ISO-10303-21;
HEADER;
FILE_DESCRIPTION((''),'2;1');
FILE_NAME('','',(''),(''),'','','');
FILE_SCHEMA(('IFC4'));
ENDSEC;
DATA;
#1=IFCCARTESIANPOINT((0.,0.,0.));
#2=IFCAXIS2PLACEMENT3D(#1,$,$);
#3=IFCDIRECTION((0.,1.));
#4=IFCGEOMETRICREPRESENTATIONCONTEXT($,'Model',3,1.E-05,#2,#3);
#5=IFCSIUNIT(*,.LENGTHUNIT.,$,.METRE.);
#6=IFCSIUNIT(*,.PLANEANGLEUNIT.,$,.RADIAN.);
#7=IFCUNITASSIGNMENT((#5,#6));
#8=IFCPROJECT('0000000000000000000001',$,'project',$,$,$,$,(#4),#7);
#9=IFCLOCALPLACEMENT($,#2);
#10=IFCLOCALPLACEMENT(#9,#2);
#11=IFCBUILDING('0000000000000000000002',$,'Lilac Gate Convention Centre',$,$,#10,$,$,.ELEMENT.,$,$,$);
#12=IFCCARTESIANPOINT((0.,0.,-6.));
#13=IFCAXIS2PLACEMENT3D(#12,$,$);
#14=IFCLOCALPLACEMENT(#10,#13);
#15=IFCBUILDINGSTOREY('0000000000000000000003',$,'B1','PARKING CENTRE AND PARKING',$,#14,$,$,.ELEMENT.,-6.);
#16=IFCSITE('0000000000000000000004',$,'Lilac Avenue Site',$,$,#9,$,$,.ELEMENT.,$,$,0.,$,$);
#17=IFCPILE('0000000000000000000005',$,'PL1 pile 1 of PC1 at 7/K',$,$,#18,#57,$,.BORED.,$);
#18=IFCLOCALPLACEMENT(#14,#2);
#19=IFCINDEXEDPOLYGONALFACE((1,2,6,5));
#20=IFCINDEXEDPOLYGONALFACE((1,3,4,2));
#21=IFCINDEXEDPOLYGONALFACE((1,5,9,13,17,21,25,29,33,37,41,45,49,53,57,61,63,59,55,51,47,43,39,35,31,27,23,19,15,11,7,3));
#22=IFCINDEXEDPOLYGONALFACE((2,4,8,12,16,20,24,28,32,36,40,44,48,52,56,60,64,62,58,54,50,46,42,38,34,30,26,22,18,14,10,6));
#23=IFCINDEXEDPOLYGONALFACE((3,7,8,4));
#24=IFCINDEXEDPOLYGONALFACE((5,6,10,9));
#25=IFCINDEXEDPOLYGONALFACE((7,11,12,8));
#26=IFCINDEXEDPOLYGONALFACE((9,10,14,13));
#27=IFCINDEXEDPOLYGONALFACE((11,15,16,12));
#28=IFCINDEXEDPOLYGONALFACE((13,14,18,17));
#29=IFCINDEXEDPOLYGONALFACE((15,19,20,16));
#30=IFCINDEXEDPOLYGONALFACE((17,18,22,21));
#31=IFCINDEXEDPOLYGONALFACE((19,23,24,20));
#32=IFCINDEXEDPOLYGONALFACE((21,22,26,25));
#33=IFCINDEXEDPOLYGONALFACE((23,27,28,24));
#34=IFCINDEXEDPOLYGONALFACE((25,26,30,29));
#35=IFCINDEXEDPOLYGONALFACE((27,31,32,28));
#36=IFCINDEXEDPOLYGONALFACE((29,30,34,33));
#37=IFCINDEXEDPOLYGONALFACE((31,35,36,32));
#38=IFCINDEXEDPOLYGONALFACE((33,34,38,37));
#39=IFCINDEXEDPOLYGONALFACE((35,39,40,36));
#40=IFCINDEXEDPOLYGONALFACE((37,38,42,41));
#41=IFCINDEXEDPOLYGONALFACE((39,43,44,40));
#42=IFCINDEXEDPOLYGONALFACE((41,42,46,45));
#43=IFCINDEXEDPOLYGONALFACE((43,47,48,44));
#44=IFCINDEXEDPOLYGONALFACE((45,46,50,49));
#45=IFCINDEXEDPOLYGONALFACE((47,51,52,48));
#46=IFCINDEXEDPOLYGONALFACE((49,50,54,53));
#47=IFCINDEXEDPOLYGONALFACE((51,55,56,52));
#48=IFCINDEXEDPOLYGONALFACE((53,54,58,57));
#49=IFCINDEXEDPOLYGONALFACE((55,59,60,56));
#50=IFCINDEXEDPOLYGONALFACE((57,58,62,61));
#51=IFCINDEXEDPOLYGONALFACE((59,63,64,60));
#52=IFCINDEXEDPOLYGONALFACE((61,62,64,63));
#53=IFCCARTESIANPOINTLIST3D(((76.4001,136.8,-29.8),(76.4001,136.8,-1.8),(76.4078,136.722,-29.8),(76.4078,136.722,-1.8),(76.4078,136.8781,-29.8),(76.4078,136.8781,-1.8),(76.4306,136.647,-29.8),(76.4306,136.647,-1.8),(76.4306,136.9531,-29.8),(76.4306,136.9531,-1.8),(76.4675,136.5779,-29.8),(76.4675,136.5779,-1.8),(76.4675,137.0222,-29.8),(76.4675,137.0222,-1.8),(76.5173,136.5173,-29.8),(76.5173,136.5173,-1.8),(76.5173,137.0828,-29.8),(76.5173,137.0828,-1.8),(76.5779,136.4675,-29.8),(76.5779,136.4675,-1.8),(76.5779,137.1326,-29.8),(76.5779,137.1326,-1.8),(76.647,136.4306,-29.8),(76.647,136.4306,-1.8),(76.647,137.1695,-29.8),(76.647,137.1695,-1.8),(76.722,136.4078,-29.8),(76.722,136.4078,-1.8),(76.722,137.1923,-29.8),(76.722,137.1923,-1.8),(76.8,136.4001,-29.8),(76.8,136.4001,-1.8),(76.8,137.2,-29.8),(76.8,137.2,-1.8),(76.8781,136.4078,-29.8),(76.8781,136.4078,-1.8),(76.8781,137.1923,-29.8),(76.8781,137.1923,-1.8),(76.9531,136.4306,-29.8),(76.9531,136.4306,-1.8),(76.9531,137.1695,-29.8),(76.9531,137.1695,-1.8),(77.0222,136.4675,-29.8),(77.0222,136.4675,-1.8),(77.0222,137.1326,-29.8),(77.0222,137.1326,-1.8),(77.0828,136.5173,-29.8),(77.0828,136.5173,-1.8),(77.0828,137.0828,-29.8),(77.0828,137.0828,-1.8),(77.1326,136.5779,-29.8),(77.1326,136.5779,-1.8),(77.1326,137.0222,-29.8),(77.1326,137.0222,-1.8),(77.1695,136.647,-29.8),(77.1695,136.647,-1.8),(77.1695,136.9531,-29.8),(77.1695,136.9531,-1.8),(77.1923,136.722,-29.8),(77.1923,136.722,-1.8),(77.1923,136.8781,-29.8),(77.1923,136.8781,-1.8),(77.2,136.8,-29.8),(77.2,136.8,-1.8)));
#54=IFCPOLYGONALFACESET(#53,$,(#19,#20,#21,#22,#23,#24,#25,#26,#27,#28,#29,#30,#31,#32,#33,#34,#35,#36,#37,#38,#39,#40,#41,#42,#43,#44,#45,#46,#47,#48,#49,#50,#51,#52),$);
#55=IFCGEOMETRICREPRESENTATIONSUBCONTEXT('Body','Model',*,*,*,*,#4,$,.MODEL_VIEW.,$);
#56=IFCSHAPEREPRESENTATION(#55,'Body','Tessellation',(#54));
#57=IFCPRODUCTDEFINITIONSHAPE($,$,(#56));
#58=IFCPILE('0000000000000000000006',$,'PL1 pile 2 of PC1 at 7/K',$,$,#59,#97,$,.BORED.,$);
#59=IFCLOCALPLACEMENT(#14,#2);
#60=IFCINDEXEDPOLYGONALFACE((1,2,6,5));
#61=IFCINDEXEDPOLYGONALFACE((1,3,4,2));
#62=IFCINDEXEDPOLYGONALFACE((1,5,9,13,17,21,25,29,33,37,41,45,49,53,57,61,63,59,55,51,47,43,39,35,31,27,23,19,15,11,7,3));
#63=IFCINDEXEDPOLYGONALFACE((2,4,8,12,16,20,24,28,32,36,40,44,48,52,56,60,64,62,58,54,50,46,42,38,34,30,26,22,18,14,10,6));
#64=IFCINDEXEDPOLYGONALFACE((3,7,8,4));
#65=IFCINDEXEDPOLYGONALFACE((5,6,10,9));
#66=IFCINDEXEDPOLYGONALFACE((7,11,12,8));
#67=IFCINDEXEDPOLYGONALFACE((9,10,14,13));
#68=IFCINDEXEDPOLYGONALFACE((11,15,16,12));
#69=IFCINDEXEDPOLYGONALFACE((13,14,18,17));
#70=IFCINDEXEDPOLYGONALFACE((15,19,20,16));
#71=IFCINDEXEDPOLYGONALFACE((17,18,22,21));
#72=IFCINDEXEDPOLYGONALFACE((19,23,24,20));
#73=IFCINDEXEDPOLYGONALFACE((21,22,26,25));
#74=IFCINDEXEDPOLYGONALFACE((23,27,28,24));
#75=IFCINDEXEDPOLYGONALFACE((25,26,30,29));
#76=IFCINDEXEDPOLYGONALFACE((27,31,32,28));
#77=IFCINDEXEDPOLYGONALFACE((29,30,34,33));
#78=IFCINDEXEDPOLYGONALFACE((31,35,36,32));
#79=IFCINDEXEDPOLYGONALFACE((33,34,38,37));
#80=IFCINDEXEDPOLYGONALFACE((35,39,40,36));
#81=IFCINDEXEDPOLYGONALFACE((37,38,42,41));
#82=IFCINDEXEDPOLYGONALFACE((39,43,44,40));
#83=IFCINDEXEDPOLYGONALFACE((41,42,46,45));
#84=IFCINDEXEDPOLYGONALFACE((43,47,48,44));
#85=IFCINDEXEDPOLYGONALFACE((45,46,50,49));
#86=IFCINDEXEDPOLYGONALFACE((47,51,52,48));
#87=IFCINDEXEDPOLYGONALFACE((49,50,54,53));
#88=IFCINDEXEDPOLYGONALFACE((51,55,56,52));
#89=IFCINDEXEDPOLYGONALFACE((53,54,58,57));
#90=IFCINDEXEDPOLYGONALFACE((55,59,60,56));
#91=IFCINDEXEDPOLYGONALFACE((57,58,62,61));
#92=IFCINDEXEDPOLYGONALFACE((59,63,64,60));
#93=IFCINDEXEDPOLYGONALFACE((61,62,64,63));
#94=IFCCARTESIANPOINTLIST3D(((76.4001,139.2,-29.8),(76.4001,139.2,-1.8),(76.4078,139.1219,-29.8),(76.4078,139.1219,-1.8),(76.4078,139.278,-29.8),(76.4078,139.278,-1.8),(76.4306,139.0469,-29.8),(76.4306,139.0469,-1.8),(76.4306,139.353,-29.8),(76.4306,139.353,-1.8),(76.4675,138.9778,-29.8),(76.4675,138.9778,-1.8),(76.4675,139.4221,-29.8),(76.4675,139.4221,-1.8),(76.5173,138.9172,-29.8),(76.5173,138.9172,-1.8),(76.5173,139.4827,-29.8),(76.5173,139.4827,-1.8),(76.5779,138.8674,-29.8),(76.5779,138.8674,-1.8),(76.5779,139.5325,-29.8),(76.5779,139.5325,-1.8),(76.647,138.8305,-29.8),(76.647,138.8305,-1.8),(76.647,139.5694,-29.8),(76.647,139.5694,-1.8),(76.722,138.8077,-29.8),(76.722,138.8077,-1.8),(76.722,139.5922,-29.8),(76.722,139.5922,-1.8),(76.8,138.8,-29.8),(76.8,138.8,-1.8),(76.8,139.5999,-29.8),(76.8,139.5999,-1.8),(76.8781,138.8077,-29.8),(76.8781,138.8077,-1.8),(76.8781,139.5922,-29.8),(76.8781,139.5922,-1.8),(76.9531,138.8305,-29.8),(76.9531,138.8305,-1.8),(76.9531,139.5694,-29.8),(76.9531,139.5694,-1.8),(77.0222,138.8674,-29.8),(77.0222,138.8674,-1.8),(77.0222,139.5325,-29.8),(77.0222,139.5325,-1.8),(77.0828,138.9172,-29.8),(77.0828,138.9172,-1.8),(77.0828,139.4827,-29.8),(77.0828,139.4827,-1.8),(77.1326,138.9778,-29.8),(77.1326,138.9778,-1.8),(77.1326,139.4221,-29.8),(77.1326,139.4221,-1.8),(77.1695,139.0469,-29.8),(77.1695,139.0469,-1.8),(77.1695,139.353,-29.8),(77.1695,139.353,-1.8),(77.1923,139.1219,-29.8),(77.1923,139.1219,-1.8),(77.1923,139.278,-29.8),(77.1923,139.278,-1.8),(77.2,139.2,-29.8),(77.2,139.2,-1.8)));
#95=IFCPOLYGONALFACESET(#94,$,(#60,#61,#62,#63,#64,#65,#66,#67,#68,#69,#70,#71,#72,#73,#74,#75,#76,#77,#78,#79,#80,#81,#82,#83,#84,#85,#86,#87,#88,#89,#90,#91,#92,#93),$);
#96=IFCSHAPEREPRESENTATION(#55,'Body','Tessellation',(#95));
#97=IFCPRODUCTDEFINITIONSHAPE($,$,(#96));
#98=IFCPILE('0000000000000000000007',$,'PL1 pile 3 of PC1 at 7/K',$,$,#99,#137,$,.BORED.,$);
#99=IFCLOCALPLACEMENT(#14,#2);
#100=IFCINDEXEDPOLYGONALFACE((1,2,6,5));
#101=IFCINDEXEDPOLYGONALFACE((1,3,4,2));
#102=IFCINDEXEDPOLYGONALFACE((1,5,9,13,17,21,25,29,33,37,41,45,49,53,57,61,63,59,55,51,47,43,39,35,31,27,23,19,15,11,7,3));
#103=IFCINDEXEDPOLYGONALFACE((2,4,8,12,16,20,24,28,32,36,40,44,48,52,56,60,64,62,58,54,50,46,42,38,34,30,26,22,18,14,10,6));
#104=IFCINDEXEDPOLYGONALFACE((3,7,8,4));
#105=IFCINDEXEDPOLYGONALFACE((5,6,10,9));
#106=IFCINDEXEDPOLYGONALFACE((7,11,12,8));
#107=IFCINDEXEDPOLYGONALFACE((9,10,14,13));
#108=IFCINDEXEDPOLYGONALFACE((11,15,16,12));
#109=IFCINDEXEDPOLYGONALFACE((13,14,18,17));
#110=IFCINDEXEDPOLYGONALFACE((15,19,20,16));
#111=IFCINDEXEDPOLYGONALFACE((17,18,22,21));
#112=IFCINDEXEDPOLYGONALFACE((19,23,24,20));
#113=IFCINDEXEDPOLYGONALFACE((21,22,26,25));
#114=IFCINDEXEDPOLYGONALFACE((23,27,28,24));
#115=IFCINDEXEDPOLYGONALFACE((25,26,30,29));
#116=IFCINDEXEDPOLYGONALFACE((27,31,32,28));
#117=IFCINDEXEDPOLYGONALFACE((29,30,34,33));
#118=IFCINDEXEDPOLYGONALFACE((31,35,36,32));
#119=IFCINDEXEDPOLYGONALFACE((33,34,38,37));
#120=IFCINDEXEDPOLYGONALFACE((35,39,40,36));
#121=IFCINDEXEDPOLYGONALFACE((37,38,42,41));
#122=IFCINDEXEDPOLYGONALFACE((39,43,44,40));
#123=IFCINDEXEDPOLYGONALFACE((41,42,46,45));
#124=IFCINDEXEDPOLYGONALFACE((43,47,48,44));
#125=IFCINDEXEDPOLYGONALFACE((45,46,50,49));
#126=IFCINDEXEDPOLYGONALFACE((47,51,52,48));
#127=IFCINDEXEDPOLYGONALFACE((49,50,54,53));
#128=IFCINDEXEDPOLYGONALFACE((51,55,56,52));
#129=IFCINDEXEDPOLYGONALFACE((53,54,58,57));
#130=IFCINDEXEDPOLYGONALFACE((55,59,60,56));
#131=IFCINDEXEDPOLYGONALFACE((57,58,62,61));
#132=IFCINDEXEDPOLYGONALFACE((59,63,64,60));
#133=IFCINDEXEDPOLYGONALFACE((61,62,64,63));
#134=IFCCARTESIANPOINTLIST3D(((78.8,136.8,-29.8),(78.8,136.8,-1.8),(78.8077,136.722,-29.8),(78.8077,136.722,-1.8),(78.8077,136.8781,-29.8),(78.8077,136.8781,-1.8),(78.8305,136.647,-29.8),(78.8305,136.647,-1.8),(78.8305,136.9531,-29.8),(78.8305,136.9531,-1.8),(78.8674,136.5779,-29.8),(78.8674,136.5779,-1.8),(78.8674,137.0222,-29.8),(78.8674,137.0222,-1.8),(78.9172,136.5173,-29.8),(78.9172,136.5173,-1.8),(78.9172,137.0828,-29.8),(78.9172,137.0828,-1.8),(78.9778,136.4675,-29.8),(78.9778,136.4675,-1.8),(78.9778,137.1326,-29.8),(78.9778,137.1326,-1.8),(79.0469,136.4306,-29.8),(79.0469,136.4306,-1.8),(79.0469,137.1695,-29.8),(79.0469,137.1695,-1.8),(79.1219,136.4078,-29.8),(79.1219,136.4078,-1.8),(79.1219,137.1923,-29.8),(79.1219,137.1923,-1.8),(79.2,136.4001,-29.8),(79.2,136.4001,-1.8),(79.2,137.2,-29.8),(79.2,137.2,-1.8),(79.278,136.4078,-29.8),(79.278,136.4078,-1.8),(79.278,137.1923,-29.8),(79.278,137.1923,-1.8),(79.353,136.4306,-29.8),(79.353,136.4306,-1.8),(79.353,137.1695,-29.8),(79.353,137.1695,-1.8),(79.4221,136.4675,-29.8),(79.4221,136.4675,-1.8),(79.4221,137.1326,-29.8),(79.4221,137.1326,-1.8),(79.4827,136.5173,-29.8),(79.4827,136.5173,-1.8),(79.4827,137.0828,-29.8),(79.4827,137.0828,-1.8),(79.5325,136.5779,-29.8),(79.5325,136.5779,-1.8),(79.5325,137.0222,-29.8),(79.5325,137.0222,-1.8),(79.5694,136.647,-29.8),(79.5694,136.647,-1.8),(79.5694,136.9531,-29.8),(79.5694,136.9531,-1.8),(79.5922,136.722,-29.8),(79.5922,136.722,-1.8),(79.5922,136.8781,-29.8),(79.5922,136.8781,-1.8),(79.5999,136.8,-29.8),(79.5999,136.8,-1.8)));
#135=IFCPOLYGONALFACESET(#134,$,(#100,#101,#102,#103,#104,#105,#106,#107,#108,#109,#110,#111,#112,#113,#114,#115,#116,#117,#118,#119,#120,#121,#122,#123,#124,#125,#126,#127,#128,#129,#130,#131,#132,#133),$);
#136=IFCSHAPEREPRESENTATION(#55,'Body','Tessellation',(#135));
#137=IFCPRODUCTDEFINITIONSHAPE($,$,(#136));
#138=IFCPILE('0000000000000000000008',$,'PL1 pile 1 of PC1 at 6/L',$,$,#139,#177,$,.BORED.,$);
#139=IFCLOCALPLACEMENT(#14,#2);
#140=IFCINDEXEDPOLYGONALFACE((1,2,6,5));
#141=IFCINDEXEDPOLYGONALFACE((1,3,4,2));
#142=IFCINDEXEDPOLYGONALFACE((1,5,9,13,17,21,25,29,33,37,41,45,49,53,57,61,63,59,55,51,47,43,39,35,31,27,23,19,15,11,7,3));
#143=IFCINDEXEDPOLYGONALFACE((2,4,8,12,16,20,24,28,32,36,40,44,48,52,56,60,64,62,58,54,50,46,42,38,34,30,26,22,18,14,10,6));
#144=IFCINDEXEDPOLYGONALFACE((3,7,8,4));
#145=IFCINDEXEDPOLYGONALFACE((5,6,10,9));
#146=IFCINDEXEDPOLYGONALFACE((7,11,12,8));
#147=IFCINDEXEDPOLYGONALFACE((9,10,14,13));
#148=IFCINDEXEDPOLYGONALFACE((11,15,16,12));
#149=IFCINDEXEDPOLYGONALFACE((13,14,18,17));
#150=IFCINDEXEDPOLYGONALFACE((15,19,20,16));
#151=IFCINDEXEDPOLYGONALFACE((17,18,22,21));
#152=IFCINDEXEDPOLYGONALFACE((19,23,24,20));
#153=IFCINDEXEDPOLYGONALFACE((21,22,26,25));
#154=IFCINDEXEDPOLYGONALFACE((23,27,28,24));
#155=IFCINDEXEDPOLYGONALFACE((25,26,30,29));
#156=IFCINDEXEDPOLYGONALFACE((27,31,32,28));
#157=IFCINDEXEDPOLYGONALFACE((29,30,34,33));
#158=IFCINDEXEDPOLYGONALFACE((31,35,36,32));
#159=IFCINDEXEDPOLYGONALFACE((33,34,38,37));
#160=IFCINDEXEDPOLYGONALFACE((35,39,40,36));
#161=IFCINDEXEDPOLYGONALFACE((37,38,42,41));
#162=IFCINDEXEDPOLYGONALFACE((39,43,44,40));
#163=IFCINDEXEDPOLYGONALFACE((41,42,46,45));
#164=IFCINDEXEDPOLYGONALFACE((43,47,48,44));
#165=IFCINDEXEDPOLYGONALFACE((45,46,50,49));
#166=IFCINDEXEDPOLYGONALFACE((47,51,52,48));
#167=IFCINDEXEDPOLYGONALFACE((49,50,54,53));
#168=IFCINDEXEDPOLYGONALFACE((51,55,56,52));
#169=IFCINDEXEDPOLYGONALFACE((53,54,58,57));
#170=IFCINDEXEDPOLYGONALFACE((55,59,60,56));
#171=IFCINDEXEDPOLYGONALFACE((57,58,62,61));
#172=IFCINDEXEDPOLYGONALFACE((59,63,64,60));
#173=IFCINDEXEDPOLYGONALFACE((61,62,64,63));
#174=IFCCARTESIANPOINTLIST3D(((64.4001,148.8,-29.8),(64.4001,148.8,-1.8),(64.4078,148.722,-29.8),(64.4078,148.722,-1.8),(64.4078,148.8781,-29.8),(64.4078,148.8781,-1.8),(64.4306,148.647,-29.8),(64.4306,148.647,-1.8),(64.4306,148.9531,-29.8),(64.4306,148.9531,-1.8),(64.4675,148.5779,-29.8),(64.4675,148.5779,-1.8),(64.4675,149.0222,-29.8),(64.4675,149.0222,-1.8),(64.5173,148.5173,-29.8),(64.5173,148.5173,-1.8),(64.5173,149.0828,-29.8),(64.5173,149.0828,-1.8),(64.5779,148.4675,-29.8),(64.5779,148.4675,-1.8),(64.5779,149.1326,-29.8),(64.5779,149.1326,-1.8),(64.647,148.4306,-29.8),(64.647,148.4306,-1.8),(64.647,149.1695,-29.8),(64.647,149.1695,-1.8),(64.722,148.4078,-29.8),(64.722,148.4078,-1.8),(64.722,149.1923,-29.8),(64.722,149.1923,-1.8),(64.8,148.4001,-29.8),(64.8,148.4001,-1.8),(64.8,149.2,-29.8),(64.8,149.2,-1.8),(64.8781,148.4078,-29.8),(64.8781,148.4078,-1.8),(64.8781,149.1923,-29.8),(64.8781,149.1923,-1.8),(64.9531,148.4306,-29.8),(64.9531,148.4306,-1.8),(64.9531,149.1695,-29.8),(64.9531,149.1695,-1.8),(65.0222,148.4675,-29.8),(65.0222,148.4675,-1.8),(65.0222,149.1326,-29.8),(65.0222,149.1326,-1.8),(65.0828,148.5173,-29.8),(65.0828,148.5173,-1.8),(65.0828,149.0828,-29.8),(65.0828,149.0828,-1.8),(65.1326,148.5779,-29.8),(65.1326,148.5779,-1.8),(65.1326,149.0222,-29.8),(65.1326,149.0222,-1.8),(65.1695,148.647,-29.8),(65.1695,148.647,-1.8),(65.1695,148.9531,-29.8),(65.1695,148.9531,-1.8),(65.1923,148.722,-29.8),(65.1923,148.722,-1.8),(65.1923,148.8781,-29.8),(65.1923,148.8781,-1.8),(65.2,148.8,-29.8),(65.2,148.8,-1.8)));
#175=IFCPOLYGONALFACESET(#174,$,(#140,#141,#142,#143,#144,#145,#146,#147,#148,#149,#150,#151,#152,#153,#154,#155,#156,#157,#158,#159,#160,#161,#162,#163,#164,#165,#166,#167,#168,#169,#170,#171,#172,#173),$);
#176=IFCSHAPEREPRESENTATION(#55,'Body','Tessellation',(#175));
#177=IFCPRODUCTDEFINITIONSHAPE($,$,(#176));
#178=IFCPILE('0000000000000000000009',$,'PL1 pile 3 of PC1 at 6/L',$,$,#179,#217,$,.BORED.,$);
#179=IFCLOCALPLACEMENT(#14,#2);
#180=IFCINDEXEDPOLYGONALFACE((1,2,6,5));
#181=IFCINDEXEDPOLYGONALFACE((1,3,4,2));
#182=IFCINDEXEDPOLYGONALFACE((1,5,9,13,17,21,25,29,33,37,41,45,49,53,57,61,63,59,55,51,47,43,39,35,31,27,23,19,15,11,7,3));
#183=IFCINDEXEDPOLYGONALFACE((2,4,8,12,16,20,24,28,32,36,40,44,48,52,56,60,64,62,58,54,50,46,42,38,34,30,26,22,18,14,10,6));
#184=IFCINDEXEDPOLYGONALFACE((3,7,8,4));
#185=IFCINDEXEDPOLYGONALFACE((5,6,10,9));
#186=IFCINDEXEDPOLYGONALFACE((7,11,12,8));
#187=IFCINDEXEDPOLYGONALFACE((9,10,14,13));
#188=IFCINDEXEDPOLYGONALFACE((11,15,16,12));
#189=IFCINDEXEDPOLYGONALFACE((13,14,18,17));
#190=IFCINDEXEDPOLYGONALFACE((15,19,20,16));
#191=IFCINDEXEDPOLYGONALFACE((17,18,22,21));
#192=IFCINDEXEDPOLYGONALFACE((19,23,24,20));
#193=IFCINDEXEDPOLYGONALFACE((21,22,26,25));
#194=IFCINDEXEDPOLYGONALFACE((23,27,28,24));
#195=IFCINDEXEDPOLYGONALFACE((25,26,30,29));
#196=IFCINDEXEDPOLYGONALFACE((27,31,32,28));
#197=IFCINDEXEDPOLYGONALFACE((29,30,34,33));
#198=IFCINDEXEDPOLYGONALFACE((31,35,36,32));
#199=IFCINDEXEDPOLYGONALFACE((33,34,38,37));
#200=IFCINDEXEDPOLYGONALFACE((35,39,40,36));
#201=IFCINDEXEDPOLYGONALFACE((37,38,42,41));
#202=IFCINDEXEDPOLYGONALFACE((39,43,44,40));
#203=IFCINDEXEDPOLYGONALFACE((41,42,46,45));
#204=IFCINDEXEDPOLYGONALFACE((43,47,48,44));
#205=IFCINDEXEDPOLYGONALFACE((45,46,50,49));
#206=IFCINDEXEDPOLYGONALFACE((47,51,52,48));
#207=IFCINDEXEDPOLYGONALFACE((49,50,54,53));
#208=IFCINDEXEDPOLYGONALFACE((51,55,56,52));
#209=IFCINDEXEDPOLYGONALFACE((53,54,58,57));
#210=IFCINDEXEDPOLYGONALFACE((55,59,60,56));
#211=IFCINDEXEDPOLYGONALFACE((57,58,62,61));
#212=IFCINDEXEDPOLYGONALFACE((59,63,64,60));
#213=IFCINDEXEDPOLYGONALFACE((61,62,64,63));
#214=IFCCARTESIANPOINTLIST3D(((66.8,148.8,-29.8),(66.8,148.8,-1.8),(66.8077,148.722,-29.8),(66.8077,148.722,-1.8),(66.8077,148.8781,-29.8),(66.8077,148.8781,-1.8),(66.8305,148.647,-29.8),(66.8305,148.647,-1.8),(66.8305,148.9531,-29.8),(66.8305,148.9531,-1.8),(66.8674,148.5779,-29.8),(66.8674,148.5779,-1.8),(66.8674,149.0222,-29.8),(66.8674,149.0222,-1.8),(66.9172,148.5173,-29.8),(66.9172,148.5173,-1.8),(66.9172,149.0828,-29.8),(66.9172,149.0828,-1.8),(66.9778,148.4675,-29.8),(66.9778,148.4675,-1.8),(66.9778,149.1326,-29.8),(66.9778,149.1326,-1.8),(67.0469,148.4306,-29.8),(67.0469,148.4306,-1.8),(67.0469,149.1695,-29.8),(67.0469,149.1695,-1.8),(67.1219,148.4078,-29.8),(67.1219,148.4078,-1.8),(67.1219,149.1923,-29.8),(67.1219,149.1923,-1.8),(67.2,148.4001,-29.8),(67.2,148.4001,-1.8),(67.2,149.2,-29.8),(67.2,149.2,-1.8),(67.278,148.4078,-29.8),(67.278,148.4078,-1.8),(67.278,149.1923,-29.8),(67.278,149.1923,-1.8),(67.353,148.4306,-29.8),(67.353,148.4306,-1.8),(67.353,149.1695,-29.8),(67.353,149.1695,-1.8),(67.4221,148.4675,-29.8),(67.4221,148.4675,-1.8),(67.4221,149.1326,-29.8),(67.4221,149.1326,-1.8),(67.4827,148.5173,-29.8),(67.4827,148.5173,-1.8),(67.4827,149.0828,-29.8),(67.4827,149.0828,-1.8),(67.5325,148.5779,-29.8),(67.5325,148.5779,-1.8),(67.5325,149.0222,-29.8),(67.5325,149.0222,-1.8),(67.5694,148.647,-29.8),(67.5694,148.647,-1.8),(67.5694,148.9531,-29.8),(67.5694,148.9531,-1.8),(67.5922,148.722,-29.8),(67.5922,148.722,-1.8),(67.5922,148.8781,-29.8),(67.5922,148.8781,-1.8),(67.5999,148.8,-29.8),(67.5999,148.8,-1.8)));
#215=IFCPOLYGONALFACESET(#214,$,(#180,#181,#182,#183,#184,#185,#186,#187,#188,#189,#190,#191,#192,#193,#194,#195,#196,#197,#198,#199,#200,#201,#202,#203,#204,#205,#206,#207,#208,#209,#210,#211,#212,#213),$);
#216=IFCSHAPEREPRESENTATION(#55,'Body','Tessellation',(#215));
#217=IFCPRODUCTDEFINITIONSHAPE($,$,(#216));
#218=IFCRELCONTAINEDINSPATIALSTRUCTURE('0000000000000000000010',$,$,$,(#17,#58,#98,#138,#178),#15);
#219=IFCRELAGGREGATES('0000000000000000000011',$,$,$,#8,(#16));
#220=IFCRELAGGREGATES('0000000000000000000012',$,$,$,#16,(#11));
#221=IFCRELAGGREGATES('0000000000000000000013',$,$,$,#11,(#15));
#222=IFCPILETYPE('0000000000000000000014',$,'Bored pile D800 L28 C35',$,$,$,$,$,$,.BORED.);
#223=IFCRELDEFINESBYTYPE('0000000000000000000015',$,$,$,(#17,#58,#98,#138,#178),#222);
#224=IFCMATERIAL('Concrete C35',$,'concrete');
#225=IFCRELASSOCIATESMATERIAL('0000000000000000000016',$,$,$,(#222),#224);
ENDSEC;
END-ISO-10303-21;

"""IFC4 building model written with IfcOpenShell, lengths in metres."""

from ifc_helpers import new_model, si_unit, direction, frame, origin, origin_2d, place, context, subcontext, project, spatial, circle, extrude, material, material_profile, profile_set, type_object, element, save


model = new_model("IFC4")

# Units and contexts
model_context = context("Model", 3, precision=1e-05, world=origin(), true_north=direction((0.0, 1.0)))
body_context = subcontext(model_context, "Body", "Model", "MODEL_VIEW")
ifc_project = project(units=[si_unit("LENGTHUNIT", "METRE"), si_unit("PLANEANGLEUNIT", "RADIAN")], contexts=[model_context])

# Site, building, storey
site_placement = place(None, origin())
site = spatial("IfcSite", under=ifc_project, at=site_placement, Name="Lilac Avenue Site", CompositionType="ELEMENT", RefElevation=0.0)
building_placement = place(site_placement, origin())
building = spatial("IfcBuilding", under=site, at=building_placement, Name="Lilac Gate Convention Centre", CompositionType="ELEMENT")
storey_placement = place(building_placement, frame((0.0, 0.0, -6.0)))
storey = spatial("IfcBuildingStorey", under=building, at=storey_placement, Name="B1", Description="PARKING CENTRE AND PARKING", CompositionType="ELEMENT", Elevation=-6.0)

# Piles
ifc_material_1 = material(Name="Concrete C35", Category="concrete")
ifc_material_profile_1 = material_profile(ifc_material_1, circle(Radius=0.3999, at=origin_2d()), Name="D800")
ifc_profile_set_1 = profile_set([ifc_material_profile_1], Name="Concrete C35")
pile_type = type_object("IfcPileType", Name="Bored pile D800 L28 C35", PredefinedType="BORED", material=ifc_profile_set_1)
for number, where, z_axis, x_axis, name in (
    (1, (76.8, 136.8, -1.8), (0.0, 0.0, -1.0), (1.0, 0.0, 0.0), "PL1 pile 1 of PC1 at 7/K"),
    (2, (76.8, 139.2, -1.8), (0.0, 0.0, -1.0), (1.0, 0.0, 0.0), "PL1 pile 2 of PC1 at 7/K"),
    (3, (79.2, 136.8, -1.8), (0.0, 0.0, -1.0), (1.0, 0.0, 0.0), "PL1 pile 3 of PC1 at 7/K"),
    (4, (64.8, 148.8, -1.8), (0.0, 0.0, -1.0), (1.0, 0.0, 0.0), "PL1 pile 1 of PC1 at 6/L"),
    (5, (67.2, 148.8, -1.8), (0.0, 0.0, -1.0), (1.0, 0.0, 0.0), "PL1 pile 3 of PC1 at 6/L"),
):
    element("IfcPile", number, at=place(storey_placement, frame(where, z_axis=z_axis, x_axis=x_axis)), inside=storey, type_object=pile_type, Name=name, PredefinedType="BORED", context=body_context, shape_type="SweptSolid", body=[
        extrude(circle(Radius=0.3999, at=origin_2d()), origin(), (0.0, 0.0, 1.0), 28.0),
    ])

save(model, "model.ifc")
